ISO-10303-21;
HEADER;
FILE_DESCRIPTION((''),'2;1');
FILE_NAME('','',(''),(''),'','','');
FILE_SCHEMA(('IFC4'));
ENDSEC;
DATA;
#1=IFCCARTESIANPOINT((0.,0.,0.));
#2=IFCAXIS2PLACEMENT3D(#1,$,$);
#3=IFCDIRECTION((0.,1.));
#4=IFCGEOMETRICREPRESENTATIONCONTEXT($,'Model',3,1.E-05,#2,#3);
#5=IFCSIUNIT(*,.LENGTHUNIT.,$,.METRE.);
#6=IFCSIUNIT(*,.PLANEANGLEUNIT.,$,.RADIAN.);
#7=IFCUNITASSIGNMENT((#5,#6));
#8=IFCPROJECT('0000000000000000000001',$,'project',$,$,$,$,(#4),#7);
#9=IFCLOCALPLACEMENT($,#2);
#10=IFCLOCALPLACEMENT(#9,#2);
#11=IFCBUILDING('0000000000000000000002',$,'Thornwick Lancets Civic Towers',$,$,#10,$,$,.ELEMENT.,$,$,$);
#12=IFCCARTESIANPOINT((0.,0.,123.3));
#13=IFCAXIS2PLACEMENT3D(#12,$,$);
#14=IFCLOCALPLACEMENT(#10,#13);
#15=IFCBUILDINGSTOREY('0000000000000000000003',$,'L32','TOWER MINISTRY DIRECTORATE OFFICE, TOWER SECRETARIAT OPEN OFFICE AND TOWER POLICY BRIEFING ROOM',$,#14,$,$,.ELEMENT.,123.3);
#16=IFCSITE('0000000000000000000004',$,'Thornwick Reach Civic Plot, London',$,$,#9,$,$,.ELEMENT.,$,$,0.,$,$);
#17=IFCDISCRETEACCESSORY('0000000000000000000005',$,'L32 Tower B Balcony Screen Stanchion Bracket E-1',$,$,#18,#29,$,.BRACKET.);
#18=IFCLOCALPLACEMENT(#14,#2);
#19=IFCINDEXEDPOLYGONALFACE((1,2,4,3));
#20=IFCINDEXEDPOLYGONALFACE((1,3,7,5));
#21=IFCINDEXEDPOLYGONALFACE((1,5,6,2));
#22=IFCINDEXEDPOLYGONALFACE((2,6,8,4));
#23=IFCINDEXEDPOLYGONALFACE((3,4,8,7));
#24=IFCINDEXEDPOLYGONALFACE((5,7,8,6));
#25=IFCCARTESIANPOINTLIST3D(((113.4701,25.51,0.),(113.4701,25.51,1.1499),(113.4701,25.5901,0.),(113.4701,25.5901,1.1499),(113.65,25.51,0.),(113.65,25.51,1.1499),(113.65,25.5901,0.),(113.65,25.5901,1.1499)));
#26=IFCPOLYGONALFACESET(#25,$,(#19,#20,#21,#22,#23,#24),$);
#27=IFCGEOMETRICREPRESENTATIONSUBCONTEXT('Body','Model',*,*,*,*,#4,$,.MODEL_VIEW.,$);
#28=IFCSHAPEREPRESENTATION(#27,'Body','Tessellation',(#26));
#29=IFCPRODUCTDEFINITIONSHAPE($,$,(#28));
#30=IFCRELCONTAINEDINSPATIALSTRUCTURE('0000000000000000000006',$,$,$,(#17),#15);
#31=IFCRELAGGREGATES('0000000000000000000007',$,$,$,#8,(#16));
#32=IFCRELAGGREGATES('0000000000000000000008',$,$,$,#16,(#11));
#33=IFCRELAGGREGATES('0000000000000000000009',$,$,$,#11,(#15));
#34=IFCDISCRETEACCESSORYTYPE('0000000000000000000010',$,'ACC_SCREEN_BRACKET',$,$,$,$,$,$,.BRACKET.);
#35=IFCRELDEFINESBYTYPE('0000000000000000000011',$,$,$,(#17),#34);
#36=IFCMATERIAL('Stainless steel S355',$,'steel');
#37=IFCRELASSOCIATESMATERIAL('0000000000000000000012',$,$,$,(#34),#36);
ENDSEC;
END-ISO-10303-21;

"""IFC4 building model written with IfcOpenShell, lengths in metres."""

from ifc_helpers import new_model, si_unit, direction, frame, origin, origin_2d, place, context, subcontext, project, spatial, rectangle, extrude, material, type_object, element, save


model = new_model("IFC4")

# Units and contexts
model_context = context("Model", 3, precision=1e-05, world=origin(), true_north=direction((0.0, 1.0)))
body_context = subcontext(model_context, "Body", "Model", "MODEL_VIEW")
ifc_project = project(units=[si_unit("LENGTHUNIT", "METRE"), si_unit("PLANEANGLEUNIT", "RADIAN")], contexts=[model_context])

# Site, building, storey
site_placement = place(None, origin())
site = spatial("IfcSite", under=ifc_project, at=site_placement, Name="Thornwick Reach Civic Plot, London", CompositionType="ELEMENT", RefElevation=0.0)
building_placement = place(site_placement, origin())
building = spatial("IfcBuilding", under=site, at=building_placement, Name="Thornwick Lancets Civic Towers", CompositionType="ELEMENT")
storey_placement = place(building_placement, frame((0.0, 0.0, 123.3)))
storey = spatial("IfcBuildingStorey", under=building, at=storey_placement, Name="L32", Description="TOWER MINISTRY DIRECTORATE OFFICE, TOWER SECRETARIAT OPEN OFFICE AND TOWER POLICY BRIEFING ROOM", CompositionType="ELEMENT", Elevation=123.3)

# Discrete accessory
ifc_material_1 = material(Name="Stainless steel S355", Category="steel")
discrete_accessory_type_1 = type_object("IfcDiscreteAccessoryType", Name="ACC_SCREEN_BRACKET", PredefinedType="BRACKET", material=ifc_material_1)
discrete_accessory_1_placement = place(storey_placement, frame((113.5601, 25.55, 0.0), z_axis=(0.0, 0.0, 1.0), x_axis=(0.0, 1.0, 0.0)))
element("IfcDiscreteAccessory", 1, at=discrete_accessory_1_placement, inside=storey, type_object=discrete_accessory_type_1, Name="L32 Tower B Balcony Screen Stanchion Bracket E-1", PredefinedType="BRACKET", context=body_context, shape_type="SweptSolid", body=[
    extrude(rectangle(XDim=0.0801, YDim=0.1799, at=origin_2d()), origin(), (0.0, 0.0, 1.0), 1.1499),
])

save(model, "model.ifc")
